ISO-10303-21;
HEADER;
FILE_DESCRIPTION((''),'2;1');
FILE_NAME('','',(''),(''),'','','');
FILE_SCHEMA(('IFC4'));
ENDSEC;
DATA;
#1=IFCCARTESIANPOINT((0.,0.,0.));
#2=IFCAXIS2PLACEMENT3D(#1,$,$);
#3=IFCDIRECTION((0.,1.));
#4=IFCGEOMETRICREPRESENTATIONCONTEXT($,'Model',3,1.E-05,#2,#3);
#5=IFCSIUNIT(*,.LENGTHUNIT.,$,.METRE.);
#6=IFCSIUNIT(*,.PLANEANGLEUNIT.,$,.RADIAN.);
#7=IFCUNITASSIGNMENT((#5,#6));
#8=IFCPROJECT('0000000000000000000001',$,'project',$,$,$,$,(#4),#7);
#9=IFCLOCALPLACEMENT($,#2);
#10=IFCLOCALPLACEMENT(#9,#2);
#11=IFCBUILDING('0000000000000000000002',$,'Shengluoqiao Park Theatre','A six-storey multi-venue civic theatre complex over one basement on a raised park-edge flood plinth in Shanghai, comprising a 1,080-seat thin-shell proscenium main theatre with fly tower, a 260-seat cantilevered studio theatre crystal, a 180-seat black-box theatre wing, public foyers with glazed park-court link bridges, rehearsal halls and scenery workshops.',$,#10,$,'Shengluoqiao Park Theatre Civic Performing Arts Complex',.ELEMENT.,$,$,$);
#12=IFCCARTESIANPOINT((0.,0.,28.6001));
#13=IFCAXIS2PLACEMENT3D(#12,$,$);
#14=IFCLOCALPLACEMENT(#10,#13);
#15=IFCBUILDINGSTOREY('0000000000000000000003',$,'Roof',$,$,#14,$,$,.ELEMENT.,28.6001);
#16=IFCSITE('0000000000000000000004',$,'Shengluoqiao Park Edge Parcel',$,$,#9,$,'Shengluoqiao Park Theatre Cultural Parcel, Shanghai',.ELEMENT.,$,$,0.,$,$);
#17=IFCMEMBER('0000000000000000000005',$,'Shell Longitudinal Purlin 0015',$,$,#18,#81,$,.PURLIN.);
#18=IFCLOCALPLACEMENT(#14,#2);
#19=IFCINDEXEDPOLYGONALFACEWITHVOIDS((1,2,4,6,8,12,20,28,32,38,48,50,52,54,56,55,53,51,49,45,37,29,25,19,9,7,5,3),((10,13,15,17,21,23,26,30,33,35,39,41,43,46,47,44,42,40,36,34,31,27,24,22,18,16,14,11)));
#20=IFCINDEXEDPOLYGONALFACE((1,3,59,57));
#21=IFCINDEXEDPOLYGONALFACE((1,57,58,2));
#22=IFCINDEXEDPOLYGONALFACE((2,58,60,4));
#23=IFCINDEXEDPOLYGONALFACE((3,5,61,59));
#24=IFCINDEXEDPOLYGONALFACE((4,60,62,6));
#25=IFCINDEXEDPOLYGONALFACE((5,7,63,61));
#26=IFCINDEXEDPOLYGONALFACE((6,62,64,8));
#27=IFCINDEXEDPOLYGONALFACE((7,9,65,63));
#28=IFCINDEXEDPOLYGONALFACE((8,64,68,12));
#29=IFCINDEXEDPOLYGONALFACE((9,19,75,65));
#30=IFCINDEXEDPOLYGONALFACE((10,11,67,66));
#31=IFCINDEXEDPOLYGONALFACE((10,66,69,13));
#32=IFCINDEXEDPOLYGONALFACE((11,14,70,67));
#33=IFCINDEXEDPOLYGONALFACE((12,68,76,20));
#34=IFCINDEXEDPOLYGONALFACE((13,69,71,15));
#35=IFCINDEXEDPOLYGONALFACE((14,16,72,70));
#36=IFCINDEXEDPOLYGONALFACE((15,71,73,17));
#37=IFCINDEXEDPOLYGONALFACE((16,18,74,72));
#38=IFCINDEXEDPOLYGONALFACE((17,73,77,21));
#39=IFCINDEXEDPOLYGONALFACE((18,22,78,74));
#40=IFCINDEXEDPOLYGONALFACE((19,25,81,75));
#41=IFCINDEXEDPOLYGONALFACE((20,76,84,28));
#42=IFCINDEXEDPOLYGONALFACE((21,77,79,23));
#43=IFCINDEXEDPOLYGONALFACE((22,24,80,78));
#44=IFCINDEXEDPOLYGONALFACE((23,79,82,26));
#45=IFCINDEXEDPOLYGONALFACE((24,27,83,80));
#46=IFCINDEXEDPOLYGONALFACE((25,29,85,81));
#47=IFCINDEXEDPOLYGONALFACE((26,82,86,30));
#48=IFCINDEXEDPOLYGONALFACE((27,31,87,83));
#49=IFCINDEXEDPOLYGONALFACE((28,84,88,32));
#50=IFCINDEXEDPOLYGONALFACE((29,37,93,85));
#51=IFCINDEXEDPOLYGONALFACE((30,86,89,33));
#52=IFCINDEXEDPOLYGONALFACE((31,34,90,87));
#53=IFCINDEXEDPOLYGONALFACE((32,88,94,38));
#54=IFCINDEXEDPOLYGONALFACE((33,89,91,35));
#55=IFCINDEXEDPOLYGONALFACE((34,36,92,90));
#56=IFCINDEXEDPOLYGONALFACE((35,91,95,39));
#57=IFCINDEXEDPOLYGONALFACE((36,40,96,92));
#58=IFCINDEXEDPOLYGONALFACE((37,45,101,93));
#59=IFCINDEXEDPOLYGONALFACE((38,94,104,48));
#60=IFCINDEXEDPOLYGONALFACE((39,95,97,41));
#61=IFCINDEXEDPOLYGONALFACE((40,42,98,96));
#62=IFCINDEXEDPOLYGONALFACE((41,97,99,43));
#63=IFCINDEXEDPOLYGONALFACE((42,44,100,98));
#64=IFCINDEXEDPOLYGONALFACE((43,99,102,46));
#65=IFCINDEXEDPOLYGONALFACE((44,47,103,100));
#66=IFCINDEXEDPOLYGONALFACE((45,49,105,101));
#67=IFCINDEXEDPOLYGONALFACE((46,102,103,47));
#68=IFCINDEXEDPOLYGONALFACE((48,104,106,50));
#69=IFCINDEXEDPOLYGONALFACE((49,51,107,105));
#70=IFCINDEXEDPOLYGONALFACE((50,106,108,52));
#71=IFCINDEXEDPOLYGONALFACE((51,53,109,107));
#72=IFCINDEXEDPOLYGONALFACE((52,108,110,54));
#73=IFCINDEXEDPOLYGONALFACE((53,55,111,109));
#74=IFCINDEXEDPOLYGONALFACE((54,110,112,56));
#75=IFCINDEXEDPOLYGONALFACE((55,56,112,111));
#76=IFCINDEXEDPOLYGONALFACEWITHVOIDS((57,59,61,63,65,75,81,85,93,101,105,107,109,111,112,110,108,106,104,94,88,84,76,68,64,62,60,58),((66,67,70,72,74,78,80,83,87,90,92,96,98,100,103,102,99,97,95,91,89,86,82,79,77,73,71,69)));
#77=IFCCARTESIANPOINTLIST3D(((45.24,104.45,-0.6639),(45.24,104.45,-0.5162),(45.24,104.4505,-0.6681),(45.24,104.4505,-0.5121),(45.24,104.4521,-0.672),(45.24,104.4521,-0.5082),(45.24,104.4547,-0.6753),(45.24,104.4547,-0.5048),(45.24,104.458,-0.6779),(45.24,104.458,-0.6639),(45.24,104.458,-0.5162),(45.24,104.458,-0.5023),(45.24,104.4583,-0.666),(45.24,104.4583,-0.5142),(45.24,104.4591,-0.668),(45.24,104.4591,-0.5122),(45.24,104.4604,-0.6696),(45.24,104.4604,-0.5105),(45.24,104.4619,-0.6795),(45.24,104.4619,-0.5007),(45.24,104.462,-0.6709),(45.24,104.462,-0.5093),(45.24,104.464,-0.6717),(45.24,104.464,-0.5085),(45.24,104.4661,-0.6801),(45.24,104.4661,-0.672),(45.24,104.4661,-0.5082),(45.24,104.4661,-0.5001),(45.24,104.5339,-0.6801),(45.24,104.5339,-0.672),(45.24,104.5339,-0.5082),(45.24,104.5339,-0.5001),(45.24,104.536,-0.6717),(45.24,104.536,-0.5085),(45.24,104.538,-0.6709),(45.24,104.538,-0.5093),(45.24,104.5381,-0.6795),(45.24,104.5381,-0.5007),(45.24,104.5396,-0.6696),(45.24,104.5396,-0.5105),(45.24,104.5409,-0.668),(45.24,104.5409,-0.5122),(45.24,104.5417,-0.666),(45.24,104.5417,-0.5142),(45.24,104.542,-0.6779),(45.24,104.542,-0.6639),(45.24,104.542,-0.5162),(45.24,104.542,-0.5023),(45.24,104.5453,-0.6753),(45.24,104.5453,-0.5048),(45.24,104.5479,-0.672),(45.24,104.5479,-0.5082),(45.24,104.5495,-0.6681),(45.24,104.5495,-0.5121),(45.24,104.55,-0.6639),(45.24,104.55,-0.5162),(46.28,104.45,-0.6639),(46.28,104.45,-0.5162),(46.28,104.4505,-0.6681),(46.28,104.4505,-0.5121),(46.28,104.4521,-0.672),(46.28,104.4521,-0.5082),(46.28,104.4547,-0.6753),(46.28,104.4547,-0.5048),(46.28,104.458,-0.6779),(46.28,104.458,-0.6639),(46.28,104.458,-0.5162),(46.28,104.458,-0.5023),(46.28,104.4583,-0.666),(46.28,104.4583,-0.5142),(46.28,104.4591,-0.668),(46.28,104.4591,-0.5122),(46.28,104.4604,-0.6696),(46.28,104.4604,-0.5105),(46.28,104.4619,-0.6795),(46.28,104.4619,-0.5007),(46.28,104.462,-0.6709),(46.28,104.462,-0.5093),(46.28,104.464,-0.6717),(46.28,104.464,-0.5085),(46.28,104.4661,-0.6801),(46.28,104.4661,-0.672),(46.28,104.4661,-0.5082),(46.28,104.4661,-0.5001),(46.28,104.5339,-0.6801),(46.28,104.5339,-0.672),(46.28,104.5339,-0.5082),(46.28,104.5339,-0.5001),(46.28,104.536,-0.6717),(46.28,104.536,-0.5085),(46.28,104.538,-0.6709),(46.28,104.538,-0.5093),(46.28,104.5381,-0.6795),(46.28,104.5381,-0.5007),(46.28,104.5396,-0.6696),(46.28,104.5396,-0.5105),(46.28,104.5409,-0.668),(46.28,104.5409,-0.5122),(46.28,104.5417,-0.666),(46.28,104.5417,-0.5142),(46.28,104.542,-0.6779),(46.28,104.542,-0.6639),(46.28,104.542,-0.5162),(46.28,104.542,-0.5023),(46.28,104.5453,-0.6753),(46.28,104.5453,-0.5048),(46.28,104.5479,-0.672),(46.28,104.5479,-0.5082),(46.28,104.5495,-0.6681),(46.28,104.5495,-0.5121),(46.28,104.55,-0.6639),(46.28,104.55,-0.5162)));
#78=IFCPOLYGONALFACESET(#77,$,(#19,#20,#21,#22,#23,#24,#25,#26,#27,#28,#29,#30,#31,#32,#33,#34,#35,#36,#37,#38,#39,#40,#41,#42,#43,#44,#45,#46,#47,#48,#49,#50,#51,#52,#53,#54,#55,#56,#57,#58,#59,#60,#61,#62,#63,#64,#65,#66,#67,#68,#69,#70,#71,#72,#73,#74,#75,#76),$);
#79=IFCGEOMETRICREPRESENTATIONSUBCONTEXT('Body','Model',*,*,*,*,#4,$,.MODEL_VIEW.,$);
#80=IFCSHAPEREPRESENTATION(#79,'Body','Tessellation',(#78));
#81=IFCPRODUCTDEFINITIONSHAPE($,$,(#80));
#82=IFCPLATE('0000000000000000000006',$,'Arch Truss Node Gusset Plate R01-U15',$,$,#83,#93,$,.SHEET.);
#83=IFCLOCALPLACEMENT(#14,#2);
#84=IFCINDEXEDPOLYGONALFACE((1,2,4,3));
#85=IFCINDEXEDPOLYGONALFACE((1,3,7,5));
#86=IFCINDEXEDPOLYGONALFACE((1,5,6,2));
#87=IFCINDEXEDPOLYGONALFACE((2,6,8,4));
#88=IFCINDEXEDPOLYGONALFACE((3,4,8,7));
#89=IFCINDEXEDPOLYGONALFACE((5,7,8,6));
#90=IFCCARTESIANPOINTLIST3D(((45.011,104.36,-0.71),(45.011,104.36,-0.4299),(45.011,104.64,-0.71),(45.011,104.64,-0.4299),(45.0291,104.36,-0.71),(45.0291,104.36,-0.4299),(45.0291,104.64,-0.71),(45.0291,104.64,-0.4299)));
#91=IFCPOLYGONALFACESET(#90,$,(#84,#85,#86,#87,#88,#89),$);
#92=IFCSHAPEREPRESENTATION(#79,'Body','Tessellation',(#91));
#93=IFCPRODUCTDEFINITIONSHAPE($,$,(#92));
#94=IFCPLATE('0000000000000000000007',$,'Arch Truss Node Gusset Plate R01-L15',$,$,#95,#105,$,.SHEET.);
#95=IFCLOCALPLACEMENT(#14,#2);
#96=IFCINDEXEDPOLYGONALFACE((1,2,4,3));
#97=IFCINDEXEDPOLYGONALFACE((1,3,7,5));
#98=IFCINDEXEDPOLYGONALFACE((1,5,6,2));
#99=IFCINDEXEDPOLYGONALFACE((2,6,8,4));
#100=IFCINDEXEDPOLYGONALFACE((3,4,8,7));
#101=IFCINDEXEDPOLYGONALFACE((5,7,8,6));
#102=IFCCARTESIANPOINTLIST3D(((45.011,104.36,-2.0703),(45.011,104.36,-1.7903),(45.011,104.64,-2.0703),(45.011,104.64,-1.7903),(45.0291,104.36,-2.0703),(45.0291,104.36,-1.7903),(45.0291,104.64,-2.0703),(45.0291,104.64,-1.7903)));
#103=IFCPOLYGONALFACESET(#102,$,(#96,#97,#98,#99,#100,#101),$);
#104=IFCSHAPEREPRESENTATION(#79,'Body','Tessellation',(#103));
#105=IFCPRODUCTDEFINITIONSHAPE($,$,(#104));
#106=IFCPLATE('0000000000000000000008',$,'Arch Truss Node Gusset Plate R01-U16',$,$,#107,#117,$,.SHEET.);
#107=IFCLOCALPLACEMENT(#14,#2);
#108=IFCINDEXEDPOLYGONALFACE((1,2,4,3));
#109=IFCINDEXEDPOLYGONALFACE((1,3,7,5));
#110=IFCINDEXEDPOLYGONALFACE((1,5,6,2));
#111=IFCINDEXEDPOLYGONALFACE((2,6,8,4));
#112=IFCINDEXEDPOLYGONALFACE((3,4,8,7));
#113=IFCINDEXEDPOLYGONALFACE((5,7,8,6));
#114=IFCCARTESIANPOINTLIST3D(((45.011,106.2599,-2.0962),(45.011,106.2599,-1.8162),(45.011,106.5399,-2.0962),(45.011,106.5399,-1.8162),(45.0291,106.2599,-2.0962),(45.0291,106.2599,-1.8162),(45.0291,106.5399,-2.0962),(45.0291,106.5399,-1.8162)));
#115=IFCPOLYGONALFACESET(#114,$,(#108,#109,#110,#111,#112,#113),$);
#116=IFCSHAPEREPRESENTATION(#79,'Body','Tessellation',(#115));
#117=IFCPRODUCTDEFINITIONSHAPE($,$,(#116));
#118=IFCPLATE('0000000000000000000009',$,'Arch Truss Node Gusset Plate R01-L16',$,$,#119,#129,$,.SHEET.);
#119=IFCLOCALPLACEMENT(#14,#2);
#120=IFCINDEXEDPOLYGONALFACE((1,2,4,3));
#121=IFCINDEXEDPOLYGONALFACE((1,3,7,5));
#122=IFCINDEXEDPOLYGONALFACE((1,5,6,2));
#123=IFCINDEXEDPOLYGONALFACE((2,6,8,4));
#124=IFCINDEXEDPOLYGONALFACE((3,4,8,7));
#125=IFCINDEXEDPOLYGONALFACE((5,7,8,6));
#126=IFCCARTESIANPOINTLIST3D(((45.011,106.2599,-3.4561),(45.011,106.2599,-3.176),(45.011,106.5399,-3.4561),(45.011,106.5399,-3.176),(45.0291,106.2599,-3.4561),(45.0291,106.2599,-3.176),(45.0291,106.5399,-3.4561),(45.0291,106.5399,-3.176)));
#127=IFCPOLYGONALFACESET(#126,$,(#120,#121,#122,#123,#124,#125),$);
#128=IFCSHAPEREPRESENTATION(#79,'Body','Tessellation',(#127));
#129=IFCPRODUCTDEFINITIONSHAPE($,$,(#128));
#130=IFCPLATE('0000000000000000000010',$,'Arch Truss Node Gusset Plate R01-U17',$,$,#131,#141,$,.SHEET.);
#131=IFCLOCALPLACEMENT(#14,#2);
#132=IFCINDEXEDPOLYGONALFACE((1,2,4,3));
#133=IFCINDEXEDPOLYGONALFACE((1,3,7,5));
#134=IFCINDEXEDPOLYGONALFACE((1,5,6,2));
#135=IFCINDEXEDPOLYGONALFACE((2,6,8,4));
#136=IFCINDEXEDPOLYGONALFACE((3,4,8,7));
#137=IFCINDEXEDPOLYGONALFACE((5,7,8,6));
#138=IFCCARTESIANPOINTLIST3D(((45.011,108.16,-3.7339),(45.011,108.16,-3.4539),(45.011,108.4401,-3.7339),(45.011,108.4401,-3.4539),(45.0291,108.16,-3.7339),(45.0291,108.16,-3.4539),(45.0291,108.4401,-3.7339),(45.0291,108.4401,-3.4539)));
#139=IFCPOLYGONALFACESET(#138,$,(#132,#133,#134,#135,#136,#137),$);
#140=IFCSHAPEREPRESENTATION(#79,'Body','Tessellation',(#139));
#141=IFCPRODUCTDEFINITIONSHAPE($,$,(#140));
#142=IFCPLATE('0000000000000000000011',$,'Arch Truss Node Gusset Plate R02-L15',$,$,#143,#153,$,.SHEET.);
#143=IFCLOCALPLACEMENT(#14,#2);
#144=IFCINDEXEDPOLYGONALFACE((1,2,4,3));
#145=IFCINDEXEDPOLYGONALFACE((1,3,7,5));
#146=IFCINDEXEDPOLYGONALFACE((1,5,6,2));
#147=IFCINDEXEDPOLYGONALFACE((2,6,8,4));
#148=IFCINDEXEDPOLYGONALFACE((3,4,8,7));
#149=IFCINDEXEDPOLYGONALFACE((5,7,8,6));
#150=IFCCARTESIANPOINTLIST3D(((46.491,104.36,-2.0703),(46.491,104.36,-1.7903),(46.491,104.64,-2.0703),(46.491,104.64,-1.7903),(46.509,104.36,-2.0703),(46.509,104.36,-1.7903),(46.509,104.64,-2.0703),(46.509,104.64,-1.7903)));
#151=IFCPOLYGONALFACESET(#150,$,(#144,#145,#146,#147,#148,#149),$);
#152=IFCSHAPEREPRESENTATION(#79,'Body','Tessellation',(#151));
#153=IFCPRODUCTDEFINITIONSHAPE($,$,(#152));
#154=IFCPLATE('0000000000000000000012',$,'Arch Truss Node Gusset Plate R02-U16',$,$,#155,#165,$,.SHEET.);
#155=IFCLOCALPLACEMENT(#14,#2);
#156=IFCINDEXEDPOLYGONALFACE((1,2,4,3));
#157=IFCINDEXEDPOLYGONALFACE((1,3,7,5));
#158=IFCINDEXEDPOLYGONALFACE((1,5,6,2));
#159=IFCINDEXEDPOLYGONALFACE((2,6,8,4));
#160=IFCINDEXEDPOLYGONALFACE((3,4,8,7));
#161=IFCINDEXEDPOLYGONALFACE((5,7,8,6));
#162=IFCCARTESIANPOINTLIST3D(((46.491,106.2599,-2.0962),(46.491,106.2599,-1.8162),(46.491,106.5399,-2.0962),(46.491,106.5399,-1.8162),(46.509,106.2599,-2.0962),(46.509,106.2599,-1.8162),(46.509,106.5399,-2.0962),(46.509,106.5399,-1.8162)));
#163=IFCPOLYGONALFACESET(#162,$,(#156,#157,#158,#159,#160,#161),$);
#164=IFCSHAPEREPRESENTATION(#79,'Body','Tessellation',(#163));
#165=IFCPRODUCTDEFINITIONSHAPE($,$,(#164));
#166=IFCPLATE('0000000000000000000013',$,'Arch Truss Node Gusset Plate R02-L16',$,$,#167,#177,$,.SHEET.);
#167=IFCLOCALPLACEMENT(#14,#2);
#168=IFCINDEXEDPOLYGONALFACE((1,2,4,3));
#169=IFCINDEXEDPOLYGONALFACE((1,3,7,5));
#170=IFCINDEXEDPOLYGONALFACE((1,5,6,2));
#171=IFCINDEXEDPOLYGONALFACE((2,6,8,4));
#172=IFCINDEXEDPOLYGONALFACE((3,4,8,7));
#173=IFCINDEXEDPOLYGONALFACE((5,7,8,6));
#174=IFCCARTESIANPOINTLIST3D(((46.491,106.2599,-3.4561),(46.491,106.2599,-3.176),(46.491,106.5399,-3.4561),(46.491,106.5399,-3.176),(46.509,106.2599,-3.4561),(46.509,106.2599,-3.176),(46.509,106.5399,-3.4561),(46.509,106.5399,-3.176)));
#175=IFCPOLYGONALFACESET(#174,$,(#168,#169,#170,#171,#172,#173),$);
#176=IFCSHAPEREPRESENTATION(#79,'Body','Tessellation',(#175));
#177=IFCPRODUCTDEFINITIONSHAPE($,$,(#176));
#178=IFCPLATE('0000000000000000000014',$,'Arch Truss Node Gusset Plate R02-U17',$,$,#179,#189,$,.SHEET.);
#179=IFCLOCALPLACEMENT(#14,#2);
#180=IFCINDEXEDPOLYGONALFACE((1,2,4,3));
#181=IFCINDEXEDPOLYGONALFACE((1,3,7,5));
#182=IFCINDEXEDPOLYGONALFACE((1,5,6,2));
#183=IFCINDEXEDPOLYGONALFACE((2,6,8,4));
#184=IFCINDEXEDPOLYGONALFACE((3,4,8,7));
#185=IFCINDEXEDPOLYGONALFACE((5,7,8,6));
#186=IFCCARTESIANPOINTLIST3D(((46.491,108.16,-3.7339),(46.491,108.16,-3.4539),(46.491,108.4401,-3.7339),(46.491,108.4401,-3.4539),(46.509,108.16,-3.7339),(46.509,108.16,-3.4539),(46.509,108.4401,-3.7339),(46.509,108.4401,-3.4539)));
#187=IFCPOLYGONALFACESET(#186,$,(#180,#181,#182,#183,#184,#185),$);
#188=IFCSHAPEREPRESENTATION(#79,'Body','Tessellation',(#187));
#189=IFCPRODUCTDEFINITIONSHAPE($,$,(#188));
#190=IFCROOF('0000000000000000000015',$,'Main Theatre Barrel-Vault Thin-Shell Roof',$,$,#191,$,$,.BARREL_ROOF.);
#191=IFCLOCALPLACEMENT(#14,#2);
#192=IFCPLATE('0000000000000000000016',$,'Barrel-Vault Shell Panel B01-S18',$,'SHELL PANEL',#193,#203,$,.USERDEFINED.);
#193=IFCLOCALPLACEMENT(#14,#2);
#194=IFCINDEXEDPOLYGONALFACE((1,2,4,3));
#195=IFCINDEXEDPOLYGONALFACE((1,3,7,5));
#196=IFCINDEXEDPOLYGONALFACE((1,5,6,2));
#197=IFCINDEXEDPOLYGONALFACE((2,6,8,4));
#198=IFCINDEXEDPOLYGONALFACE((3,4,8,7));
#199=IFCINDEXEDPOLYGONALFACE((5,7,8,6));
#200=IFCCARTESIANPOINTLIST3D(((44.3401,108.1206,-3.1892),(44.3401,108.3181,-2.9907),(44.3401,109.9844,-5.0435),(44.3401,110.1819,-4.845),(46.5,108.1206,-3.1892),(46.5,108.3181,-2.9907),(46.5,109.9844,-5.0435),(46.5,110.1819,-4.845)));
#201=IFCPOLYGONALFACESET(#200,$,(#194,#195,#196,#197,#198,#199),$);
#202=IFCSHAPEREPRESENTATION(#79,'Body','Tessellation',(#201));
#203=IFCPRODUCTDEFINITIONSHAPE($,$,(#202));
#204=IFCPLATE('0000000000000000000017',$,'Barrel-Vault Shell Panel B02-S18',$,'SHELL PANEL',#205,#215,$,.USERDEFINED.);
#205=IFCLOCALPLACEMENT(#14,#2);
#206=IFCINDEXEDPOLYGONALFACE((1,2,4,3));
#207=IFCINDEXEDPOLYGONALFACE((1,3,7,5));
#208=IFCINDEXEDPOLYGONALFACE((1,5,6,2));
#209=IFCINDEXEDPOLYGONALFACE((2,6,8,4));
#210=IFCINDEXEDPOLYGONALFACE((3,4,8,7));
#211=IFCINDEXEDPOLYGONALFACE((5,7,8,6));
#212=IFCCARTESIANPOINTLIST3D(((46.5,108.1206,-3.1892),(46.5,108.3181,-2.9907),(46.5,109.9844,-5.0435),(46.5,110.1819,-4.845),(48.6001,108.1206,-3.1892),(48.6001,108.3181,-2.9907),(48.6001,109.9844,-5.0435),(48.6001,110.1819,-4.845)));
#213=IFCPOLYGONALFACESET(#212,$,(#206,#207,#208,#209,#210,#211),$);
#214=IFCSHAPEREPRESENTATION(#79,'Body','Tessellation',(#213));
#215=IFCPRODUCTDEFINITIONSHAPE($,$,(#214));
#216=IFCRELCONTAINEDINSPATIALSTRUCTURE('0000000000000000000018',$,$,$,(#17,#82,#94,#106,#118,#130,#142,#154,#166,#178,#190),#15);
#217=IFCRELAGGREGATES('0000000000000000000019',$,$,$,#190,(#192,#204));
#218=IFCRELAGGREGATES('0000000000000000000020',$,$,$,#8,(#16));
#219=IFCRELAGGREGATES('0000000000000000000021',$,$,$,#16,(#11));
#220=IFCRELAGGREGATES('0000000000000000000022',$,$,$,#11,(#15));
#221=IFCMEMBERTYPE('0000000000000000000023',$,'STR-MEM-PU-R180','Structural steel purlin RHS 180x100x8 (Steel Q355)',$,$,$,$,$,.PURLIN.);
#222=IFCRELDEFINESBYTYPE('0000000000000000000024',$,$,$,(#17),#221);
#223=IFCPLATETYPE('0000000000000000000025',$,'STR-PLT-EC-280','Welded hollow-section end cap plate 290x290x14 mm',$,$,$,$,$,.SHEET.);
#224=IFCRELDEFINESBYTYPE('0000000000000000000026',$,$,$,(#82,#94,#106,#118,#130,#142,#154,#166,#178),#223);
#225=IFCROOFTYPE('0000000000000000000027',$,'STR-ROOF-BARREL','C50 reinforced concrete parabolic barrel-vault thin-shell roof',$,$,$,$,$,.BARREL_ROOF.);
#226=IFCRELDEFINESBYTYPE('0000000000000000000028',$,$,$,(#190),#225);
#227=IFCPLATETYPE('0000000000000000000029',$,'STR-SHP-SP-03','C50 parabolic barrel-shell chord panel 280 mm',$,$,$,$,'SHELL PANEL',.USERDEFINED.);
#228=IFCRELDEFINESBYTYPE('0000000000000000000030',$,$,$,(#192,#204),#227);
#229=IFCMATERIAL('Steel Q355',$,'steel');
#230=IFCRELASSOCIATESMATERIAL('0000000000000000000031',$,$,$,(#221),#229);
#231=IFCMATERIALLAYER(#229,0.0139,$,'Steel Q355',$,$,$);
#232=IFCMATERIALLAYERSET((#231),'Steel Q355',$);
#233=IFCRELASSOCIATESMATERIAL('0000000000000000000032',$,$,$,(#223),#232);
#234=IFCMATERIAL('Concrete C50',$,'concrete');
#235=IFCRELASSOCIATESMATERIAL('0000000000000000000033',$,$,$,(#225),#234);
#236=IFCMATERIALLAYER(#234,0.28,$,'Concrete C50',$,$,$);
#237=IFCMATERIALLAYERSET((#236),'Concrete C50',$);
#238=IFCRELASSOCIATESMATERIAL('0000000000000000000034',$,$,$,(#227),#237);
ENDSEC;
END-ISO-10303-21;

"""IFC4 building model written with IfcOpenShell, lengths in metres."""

from ifc_helpers import new_model, si_unit, direction, frame, origin, origin_2d, place, context, subcontext, project, spatial, polyline, rectangle, hollow_rectangle, outline, extrude, material, layer, layer_set, material_profile, profile_set, type_object, element, aggregate, save


model = new_model("IFC4")

# Units and contexts
model_context = context("Model", 3, precision=1e-05, world=origin(), true_north=direction((0.0, 1.0)))
body_context = subcontext(model_context, "Body", "Model", "MODEL_VIEW")
ifc_project = project(units=[si_unit("LENGTHUNIT", "METRE"), si_unit("PLANEANGLEUNIT", "RADIAN")], contexts=[model_context])

# Site, building, storey
site_placement = place(None, origin())
site = spatial("IfcSite", under=ifc_project, at=site_placement, Name="Shengluoqiao Park Edge Parcel", LongName="Shengluoqiao Park Theatre Cultural Parcel, Shanghai", CompositionType="ELEMENT", RefElevation=0.0)
building_placement = place(site_placement, origin())
building = spatial("IfcBuilding", under=site, at=building_placement, Name="Shengluoqiao Park Theatre", Description="A six-storey multi-venue civic theatre complex over one basement on a raised park-edge flood plinth in Shanghai, comprising a 1,080-seat thin-shell proscenium main theatre with fly tower, a 260-seat cantilevered studio theatre crystal, a 180-seat black-box theatre wing, public foyers with glazed park-court link bridges, rehearsal halls and scenery workshops.", LongName="Shengluoqiao Park Theatre Civic Performing Arts Complex", CompositionType="ELEMENT")
storey_placement = place(building_placement, frame((0.0, 0.0, 28.6001)))
storey = spatial("IfcBuildingStorey", under=building, at=storey_placement, Name="Roof", CompositionType="ELEMENT", Elevation=28.6001)

# Shared definitions
ifc_material_1 = material(Name="Concrete C50", Category="concrete")
ifc_material_2 = material(Name="Steel Q355", Category="steel")

# Member
ifc_material_profile_1 = material_profile(ifc_material_2, hollow_rectangle(XDim=0.1001, YDim=0.1799, WallThickness=0.0081, InnerFilletRadius=0.0081, OuterFilletRadius=0.0161, at=origin_2d()), Name="RHS 180x100x8")
ifc_profile_set_1 = profile_set([ifc_material_profile_1], Name="Steel Q355")
member_type_1 = type_object("IfcMemberType", Name="STR-MEM-PU-R180", Description="Structural steel purlin RHS 180x100x8 (Steel Q355)", PredefinedType="PURLIN", material=ifc_profile_set_1)
member_1_placement = place(storey_placement, frame((45.24, 104.5, -0.5901), z_axis=(1.0, 0.0, 0.0), x_axis=(0.0, 1.0, 0.0)))
element("IfcMember", 1, at=member_1_placement, inside=storey, type_object=member_type_1, Name="Shell Longitudinal Purlin 0015", PredefinedType="PURLIN", context=body_context, shape_type="SweptSolid", body=[
    extrude(hollow_rectangle(XDim=0.1001, YDim=0.1799, WallThickness=0.0081, InnerFilletRadius=0.0081, OuterFilletRadius=0.0161, at=origin_2d()), origin(), (0.0, 0.0, 1.0), 1.04),
])

# Plates
ifc_layer_1 = layer(ifc_material_2, 0.0139, Name="Steel Q355")
ifc_layer_set_1 = layer_set([ifc_layer_1], Name="Steel Q355")
plate_type_1 = type_object("IfcPlateType", Name="STR-PLT-EC-280", Description="Welded hollow-section end cap plate 290x290x14 mm", PredefinedType="SHEET", material=ifc_layer_set_1)
for number, where, z_axis, x_axis, name in (
    (2, (45.02, 104.5, -0.71), (0.0, 0.0, 1.0), (1.0, 0.0, 0.0), "Arch Truss Node Gusset Plate R01-U15"),
    (3, (45.02, 104.5, -2.0703), (0.0, 0.0, 1.0), (1.0, 0.0, 0.0), "Arch Truss Node Gusset Plate R01-L15"),
    (4, (45.02, 106.3999, -2.0962), (0.0, 0.0, 1.0), (1.0, 0.0, 0.0), "Arch Truss Node Gusset Plate R01-U16"),
    (5, (45.02, 106.3999, -3.4561), (0.0, 0.0, 1.0), (1.0, 0.0, 0.0), "Arch Truss Node Gusset Plate R01-L16"),
    (6, (45.02, 108.3, -3.7339), (0.0, 0.0, 1.0), (1.0, 0.0, 0.0), "Arch Truss Node Gusset Plate R01-U17"),
    (7, (46.5, 104.5, -2.0703), (0.0, 0.0, 1.0), (1.0, 0.0, 0.0), "Arch Truss Node Gusset Plate R02-L15"),
    (8, (46.5, 106.3999, -2.0962), (0.0, 0.0, 1.0), (1.0, 0.0, 0.0), "Arch Truss Node Gusset Plate R02-U16"),
    (9, (46.5, 106.3999, -3.4561), (0.0, 0.0, 1.0), (1.0, 0.0, 0.0), "Arch Truss Node Gusset Plate R02-L16"),
    (10, (46.5, 108.3, -3.7339), (0.0, 0.0, 1.0), (1.0, 0.0, 0.0), "Arch Truss Node Gusset Plate R02-U17"),
):
    element("IfcPlate", number, at=place(storey_placement, frame(where, z_axis=z_axis, x_axis=x_axis)), inside=storey, type_object=plate_type_1, Name=name, PredefinedType="SHEET", context=body_context, shape_type="SweptSolid", body=[
        extrude(rectangle(XDim=0.0181, YDim=0.28, at=origin_2d()), origin(), (0.0, 0.0, 1.0), 0.28),
    ])

# Roof, plates
roof_type = type_object("IfcRoofType", Name="STR-ROOF-BARREL", Description="C50 reinforced concrete parabolic barrel-vault thin-shell roof", PredefinedType="BARREL_ROOF", material=ifc_material_1)
roof_placement = place(storey_placement, origin())
roof = element("IfcRoof", 11, at=roof_placement, inside=storey, type_object=roof_type, Name="Main Theatre Barrel-Vault Thin-Shell Roof", PredefinedType="BARREL_ROOF")
ifc_layer_2 = layer(ifc_material_1, 0.28, Name="Concrete C50")
ifc_layer_set_2 = layer_set([ifc_layer_2], Name="Concrete C50")
plate_type_2 = type_object("IfcPlateType", Name="STR-SHP-SP-03", Description="C50 parabolic barrel-shell chord panel 280 mm", ElementType="SHELL PANEL", PredefinedType="USERDEFINED", material=ifc_layer_set_2)
plate_1_placement = place(storey_placement, frame((44.3401, 108.3181, -2.9907), z_axis=(0.0, 0.705294, 0.708915), x_axis=(1.0, 0.0, 0.0)))
plate_1 = element("IfcPlate", 12, at=plate_1_placement, type_object=plate_type_2, Name="Barrel-Vault Shell Panel B01-S18", ObjectType="SHELL PANEL", PredefinedType="USERDEFINED", context=body_context, shape_type="SweptSolid", body=[
    extrude(outline(polyline([(0.0, 0.0), (2.1599, 0.0), (2.1599, 2.629), (0.0, 2.629), (0.0, 0.0)])), origin(), (0.0, 0.0, -1.0), 0.28),
])
plate_2_placement = place(storey_placement, frame((46.5, 108.3181, -2.9907), z_axis=(0.0, 0.705294, 0.708915), x_axis=(1.0, 0.0, 0.0)))
plate_2 = element("IfcPlate", 13, at=plate_2_placement, type_object=plate_type_2, Name="Barrel-Vault Shell Panel B02-S18", ObjectType="SHELL PANEL", PredefinedType="USERDEFINED", context=body_context, shape_type="SweptSolid", body=[
    extrude(outline(polyline([(0.0, 0.0), (2.1001, 0.0), (2.1001, 2.629), (0.0, 2.629), (0.0, 0.0)])), origin(), (0.0, 0.0, -1.0), 0.28),
])
aggregate(roof, [plate_1, plate_2])

save(model, "model.ifc")
